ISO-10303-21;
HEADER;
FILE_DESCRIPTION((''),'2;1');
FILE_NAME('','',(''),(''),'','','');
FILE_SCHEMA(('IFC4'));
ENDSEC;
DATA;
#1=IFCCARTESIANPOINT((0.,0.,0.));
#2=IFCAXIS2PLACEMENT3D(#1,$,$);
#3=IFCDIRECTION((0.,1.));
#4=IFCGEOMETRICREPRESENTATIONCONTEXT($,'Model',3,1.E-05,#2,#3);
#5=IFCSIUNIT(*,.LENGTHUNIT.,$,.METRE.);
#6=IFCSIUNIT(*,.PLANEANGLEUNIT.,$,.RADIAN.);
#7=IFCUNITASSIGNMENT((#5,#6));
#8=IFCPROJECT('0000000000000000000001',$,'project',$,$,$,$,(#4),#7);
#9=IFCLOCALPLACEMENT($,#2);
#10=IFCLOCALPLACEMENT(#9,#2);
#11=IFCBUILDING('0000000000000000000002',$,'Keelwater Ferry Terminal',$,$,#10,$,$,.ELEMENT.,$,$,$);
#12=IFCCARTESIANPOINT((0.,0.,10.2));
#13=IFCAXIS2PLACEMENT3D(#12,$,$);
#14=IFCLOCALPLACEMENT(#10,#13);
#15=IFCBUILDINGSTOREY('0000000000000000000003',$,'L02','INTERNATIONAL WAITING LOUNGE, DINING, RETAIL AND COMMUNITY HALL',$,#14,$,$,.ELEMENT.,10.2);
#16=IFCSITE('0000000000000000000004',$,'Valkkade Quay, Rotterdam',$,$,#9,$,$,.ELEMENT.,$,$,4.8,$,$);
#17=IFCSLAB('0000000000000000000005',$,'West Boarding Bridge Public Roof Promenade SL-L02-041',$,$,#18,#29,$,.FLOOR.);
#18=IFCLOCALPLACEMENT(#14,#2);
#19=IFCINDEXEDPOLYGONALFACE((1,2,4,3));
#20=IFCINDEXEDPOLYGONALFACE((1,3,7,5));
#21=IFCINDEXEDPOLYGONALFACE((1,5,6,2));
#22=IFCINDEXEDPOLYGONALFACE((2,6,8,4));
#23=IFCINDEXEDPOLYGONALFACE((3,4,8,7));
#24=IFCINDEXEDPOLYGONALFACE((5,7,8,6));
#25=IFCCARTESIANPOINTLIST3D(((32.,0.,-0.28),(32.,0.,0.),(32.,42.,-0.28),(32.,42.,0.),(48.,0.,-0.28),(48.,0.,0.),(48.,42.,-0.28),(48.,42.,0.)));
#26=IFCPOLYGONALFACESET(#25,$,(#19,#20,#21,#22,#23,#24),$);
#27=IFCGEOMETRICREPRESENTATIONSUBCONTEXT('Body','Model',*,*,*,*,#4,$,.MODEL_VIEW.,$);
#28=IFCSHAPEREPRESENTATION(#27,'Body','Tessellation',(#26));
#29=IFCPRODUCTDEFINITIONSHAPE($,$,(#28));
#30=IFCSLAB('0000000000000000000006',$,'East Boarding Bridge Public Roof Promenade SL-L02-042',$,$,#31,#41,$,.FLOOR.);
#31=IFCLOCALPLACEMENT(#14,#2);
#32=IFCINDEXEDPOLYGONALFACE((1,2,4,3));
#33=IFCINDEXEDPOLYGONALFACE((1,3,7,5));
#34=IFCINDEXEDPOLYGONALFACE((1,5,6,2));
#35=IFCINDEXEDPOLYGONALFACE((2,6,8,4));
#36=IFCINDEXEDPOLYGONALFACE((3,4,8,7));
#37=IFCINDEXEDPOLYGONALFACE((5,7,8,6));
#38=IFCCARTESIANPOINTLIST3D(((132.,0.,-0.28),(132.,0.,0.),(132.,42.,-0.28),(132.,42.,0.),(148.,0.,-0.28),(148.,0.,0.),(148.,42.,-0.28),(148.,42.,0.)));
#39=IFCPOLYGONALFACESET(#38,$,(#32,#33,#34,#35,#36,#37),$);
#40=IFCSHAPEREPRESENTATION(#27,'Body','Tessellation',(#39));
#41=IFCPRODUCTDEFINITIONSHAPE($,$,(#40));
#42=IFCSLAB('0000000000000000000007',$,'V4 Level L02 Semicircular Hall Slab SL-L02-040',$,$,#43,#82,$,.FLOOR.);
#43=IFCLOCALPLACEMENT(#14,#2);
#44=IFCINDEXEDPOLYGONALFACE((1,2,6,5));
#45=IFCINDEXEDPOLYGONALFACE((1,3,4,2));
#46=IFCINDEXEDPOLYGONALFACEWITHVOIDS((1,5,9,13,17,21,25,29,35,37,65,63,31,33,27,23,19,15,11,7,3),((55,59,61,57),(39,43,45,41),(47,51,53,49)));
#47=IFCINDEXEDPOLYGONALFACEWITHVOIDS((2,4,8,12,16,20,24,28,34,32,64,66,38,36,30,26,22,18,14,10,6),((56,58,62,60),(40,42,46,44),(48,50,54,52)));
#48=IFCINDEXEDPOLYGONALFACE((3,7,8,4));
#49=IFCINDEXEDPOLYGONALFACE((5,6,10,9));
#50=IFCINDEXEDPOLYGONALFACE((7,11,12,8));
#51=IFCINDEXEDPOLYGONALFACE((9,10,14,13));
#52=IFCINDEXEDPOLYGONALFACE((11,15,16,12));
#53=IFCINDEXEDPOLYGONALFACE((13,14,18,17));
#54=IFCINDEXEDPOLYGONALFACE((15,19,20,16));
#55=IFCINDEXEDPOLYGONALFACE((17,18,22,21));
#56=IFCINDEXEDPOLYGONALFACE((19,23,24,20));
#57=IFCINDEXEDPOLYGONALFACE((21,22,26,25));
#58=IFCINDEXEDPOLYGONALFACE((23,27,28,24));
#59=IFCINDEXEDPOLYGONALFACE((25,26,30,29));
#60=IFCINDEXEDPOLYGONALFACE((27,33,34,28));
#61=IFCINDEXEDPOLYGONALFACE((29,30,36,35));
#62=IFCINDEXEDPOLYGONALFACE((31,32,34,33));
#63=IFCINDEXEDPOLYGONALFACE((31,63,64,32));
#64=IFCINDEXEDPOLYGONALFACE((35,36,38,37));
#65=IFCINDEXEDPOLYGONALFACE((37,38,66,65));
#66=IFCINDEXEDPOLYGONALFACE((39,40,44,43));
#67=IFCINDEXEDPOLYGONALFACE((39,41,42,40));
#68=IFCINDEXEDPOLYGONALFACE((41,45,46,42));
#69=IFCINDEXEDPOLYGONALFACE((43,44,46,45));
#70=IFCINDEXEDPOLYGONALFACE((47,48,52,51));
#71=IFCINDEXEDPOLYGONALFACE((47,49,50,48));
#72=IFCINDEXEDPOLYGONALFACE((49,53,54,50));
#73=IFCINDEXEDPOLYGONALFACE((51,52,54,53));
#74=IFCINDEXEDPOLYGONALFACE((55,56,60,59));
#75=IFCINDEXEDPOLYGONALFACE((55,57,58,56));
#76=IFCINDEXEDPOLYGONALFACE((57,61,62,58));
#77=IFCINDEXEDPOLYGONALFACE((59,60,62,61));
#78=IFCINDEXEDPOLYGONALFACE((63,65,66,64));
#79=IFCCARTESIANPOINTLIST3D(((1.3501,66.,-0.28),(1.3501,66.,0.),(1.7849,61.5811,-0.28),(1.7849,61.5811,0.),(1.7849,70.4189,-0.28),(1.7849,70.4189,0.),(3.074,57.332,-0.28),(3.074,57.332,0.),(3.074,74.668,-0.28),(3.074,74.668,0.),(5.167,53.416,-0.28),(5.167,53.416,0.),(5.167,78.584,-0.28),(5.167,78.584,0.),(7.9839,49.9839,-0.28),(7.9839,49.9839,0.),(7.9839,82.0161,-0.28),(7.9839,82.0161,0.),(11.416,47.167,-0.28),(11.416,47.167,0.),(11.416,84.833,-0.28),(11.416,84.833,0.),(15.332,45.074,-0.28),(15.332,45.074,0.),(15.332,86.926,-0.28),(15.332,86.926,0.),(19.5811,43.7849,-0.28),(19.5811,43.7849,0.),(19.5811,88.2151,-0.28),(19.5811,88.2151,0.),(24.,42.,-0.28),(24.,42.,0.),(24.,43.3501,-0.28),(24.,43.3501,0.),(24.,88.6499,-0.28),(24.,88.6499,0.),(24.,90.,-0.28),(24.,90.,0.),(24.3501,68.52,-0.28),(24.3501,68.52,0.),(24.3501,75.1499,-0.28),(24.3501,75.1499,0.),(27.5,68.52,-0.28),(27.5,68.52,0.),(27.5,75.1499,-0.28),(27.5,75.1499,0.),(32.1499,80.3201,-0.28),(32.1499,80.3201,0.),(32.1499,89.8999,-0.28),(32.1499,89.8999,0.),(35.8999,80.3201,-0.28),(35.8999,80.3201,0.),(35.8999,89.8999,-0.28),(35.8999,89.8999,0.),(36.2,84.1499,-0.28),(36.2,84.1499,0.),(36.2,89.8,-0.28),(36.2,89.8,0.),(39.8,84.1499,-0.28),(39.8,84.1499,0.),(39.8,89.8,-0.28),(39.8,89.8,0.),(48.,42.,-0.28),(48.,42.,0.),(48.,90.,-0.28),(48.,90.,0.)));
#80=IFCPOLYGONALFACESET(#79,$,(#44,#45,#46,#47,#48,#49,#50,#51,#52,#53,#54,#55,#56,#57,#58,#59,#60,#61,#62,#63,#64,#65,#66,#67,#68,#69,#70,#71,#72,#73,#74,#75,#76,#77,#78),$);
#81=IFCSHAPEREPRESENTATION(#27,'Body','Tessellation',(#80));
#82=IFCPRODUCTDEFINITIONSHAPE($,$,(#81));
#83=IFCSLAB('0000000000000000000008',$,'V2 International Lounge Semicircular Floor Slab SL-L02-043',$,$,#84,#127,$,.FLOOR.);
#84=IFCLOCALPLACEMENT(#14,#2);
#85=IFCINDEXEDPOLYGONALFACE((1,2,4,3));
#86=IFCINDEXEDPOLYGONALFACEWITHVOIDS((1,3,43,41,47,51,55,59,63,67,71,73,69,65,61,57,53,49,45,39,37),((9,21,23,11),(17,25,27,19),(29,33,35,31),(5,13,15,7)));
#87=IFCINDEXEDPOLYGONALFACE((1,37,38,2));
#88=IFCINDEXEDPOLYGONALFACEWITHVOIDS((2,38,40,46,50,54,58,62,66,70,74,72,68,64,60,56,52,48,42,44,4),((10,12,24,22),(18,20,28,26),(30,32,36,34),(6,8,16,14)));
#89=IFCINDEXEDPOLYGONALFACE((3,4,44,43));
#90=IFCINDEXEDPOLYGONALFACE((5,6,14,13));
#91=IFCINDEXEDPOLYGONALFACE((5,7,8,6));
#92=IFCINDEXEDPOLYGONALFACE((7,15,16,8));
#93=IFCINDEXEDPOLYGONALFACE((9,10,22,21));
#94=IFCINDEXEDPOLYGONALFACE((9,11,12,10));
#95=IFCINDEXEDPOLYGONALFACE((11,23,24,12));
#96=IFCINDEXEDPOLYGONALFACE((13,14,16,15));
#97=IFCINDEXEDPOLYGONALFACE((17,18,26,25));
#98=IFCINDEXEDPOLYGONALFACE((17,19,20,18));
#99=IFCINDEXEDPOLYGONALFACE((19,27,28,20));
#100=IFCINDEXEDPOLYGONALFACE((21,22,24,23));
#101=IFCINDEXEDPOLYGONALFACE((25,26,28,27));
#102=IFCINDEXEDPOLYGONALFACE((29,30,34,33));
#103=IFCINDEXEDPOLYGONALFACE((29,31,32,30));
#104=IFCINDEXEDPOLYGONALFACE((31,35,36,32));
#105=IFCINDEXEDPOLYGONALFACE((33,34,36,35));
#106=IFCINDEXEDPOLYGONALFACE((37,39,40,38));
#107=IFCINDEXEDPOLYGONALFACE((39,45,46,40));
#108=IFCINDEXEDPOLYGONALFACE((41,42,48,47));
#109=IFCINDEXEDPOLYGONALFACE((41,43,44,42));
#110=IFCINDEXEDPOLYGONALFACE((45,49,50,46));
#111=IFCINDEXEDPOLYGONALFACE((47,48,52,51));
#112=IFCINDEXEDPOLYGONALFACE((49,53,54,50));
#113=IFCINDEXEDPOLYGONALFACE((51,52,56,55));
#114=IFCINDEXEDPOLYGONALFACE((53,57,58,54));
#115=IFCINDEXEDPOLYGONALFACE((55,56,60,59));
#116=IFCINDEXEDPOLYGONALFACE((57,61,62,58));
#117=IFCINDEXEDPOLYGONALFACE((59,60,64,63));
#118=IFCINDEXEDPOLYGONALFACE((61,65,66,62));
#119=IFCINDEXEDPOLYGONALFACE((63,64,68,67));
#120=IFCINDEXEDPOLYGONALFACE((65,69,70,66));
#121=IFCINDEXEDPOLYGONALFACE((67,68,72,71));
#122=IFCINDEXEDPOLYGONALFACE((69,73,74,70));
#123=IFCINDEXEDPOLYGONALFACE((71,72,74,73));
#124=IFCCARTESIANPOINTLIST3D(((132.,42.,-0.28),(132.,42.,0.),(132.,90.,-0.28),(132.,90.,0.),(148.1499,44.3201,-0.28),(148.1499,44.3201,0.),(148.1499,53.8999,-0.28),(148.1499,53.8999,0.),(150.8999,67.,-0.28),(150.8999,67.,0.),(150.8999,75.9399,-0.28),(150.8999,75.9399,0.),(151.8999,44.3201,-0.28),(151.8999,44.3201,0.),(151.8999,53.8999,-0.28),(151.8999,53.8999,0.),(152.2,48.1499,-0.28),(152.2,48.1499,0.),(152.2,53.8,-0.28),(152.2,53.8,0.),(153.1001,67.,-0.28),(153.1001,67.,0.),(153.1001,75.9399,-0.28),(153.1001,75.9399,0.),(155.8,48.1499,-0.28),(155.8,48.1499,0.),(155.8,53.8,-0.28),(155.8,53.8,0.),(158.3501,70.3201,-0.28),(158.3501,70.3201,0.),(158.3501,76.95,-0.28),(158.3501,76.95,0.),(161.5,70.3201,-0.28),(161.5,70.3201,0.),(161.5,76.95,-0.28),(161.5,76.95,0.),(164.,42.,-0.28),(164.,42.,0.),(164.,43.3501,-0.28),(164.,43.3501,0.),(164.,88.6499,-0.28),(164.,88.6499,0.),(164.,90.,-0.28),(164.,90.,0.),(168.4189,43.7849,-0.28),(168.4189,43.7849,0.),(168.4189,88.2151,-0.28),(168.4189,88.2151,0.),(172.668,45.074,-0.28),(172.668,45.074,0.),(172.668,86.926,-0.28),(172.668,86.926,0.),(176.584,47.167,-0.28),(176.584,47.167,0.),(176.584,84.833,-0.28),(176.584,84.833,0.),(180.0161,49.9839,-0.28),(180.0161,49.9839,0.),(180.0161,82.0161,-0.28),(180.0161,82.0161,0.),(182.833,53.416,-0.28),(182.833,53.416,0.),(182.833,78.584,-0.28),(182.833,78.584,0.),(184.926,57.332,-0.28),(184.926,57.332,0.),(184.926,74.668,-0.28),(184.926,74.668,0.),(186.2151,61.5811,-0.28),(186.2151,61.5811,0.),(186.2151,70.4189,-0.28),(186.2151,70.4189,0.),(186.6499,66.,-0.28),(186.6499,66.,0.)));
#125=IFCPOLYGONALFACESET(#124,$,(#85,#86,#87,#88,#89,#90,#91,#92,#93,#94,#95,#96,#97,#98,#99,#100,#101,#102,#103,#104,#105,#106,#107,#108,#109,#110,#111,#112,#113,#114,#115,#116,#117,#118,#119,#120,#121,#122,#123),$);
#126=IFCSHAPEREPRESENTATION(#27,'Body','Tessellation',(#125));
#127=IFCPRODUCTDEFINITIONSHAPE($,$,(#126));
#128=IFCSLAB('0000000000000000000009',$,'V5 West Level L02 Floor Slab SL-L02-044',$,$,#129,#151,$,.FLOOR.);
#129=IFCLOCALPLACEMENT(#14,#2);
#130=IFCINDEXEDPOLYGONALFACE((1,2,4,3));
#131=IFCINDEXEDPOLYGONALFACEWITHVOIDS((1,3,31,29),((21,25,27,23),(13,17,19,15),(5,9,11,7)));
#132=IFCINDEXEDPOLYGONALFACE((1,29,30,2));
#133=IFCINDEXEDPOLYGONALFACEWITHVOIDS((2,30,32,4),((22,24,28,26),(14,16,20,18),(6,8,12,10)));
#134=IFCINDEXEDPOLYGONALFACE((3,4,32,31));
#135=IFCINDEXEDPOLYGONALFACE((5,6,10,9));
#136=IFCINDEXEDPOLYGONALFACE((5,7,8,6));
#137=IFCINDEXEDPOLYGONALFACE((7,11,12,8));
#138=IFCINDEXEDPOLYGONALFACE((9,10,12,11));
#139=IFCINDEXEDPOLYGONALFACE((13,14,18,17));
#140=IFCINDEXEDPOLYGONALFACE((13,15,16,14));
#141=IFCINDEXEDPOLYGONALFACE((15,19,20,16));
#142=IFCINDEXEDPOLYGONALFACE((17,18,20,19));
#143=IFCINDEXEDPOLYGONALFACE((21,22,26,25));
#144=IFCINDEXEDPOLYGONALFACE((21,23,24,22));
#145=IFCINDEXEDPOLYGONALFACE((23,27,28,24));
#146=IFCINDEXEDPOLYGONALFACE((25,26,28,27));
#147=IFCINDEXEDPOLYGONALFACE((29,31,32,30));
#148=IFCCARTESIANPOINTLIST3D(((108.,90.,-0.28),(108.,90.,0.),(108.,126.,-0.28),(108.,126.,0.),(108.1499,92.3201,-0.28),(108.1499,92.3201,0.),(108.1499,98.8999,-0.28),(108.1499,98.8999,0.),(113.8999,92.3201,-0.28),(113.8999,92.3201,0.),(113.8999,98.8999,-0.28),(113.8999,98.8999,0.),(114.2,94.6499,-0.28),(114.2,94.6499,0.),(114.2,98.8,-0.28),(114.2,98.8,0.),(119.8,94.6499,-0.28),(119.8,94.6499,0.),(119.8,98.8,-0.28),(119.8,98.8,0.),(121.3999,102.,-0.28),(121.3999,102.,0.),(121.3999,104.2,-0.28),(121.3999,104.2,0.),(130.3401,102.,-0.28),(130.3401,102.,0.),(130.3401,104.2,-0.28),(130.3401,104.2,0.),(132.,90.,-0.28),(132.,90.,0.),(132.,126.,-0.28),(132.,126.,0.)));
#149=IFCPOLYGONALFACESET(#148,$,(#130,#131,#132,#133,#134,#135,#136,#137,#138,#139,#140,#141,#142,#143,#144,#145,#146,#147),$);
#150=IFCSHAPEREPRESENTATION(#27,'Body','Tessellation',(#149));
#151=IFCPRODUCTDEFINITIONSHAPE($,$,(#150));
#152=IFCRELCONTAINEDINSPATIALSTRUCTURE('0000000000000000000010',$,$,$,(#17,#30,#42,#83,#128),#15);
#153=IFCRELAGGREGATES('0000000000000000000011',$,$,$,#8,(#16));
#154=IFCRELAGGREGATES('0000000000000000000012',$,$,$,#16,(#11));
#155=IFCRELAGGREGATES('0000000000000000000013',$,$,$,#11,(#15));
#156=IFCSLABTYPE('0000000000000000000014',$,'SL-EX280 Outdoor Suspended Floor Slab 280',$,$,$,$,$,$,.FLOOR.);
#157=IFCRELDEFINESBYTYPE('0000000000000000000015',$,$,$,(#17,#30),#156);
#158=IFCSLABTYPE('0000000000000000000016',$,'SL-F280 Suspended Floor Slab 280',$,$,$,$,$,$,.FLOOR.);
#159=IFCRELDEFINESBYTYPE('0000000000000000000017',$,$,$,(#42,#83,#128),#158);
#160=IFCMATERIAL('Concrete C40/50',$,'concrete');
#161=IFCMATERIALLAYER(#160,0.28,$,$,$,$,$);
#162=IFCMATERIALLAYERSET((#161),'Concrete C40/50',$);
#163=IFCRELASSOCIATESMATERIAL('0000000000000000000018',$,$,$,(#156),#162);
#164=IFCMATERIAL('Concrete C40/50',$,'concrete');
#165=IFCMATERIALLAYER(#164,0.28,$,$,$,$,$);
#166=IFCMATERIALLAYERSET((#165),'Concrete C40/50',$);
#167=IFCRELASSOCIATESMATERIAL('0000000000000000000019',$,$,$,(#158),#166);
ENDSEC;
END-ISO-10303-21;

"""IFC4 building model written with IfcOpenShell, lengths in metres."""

from ifc_helpers import new_model, si_unit, direction, frame, origin, place, context, subcontext, project, spatial, polyline, outline, extrude, material, layer, layer_set, type_object, element, save


model = new_model("IFC4")

# Units and contexts
model_context = context("Model", 3, precision=1e-05, world=origin(), true_north=direction((0.0, 1.0)))
body_context = subcontext(model_context, "Body", "Model", "MODEL_VIEW")
ifc_project = project(units=[si_unit("LENGTHUNIT", "METRE"), si_unit("PLANEANGLEUNIT", "RADIAN")], contexts=[model_context])

# Site, building, storey
site_placement = place(None, origin())
site = spatial("IfcSite", under=ifc_project, at=site_placement, Name="Valkkade Quay, Rotterdam", CompositionType="ELEMENT", RefElevation=4.8)
building_placement = place(site_placement, origin())
building = spatial("IfcBuilding", under=site, at=building_placement, Name="Keelwater Ferry Terminal", CompositionType="ELEMENT")
storey_placement = place(building_placement, frame((0.0, 0.0, 10.2)))
storey = spatial("IfcBuildingStorey", under=building, at=storey_placement, Name="L02", Description="INTERNATIONAL WAITING LOUNGE, DINING, RETAIL AND COMMUNITY HALL", CompositionType="ELEMENT", Elevation=10.2)

# Slabs
ifc_material_1 = material(Name="Concrete C40/50", Category="concrete")
ifc_layer_1 = layer(ifc_material_1, 0.28)
ifc_layer_set_1 = layer_set([ifc_layer_1], Name="Concrete C40/50")
slab_type_1 = type_object("IfcSlabType", Name="SL-EX280 Outdoor Suspended Floor Slab 280", PredefinedType="FLOOR", material=ifc_layer_set_1)
slab_1_placement = place(storey_placement, frame((0.0, 0.0, -0.28)))
element("IfcSlab", 1, at=slab_1_placement, inside=storey, type_object=slab_type_1, Name="West Boarding Bridge Public Roof Promenade SL-L02-041", PredefinedType="FLOOR", context=body_context, shape_type="SweptSolid", body=[
    extrude(outline(polyline([(32.0, 0.0), (48.0, 0.0), (48.0, 42.0), (32.0, 42.0), (32.0, 0.0)])), origin(), (0.0, 0.0, 1.0), 0.28),
])
slab_2_placement = place(storey_placement, frame((0.0, 0.0, -0.28)))
element("IfcSlab", 2, at=slab_2_placement, inside=storey, type_object=slab_type_1, Name="East Boarding Bridge Public Roof Promenade SL-L02-042", PredefinedType="FLOOR", context=body_context, shape_type="SweptSolid", body=[
    extrude(outline(polyline([(132.0, 0.0), (148.0, 0.0), (148.0, 42.0), (132.0, 42.0), (132.0, 0.0)])), origin(), (0.0, 0.0, 1.0), 0.28),
])
ifc_material_2 = material(Name="Concrete C40/50", Category="concrete")
ifc_layer_2 = layer(ifc_material_2, 0.28)
ifc_layer_set_2 = layer_set([ifc_layer_2], Name="Concrete C40/50")
slab_type_2 = type_object("IfcSlabType", Name="SL-F280 Suspended Floor Slab 280", PredefinedType="FLOOR", material=ifc_layer_set_2)
slab_3_placement = place(storey_placement, frame((0.0, 0.0, -0.28)))
element("IfcSlab", 3, at=slab_3_placement, inside=storey, type_object=slab_type_2, Name="V4 Level L02 Semicircular Hall Slab SL-L02-040", PredefinedType="FLOOR", context=body_context, shape_type="SweptSolid", body=[
    extrude(outline(polyline([(24.0, 90.0), (24.0, 88.6499), (19.5811, 88.2151), (15.332, 86.926), (11.416, 84.833), (7.9839, 82.0161), (5.167, 78.584), (3.074, 74.668), (1.7849, 70.4189), (1.3501, 66.0), (1.7849, 61.5811), (3.074, 57.332), (5.167, 53.416), (7.9839, 49.9839), (11.416, 47.167), (15.332, 45.074), (19.5811, 43.7849), (24.0, 43.3501), (24.0, 42.0), (48.0, 42.0), (48.0, 90.0), (24.0, 90.0)]), holes=[polyline([(32.1499, 80.3201), (35.8999, 80.3201), (35.8999, 89.8999), (32.1499, 89.8999), (32.1499, 80.3201)]), polyline([(36.2, 84.1499), (39.8, 84.1499), (39.8, 89.8), (36.2, 89.8), (36.2, 84.1499)]), polyline([(24.3501, 68.52), (27.5, 68.52), (27.5, 75.1499), (24.3501, 75.1499), (24.3501, 68.52)])]), origin(), (0.0, 0.0, 1.0), 0.28),
])
slab_4_placement = place(storey_placement, frame((0.0, 0.0, -0.28)))
element("IfcSlab", 4, at=slab_4_placement, inside=storey, type_object=slab_type_2, Name="V2 International Lounge Semicircular Floor Slab SL-L02-043", PredefinedType="FLOOR", context=body_context, shape_type="SweptSolid", body=[
    extrude(outline(polyline([(132.0, 42.0), (164.0, 42.0), (164.0, 43.3501), (168.4189, 43.7849), (172.668, 45.074), (176.584, 47.167), (180.0161, 49.9839), (182.833, 53.416), (184.926, 57.332), (186.2151, 61.5811), (186.6499, 66.0), (186.2151, 70.4189), (184.926, 74.668), (182.833, 78.584), (180.0161, 82.0161), (176.584, 84.833), (172.668, 86.926), (168.4189, 88.2151), (164.0, 88.6499), (164.0, 90.0), (132.0, 90.0), (132.0, 42.0)]), holes=[polyline([(148.1499, 44.3201), (151.8999, 44.3201), (151.8999, 53.8999), (148.1499, 53.8999), (148.1499, 44.3201)]), polyline([(152.2, 48.1499), (155.8, 48.1499), (155.8, 53.8), (152.2, 53.8), (152.2, 48.1499)]), polyline([(158.3501, 70.3201), (161.5, 70.3201), (161.5, 76.95), (158.3501, 76.95), (158.3501, 70.3201)]), polyline([(150.8999, 67.0), (153.1001, 67.0), (153.1001, 75.9399), (150.8999, 75.9399), (150.8999, 67.0)])]), origin(), (0.0, 0.0, 1.0), 0.28),
])
slab_5_placement = place(storey_placement, frame((0.0, 0.0, -0.28)))
element("IfcSlab", 5, at=slab_5_placement, inside=storey, type_object=slab_type_2, Name="V5 West Level L02 Floor Slab SL-L02-044", PredefinedType="FLOOR", context=body_context, shape_type="SweptSolid", body=[
    extrude(outline(polyline([(108.0, 90.0), (132.0, 90.0), (132.0, 126.0), (108.0, 126.0), (108.0, 90.0)]), holes=[polyline([(108.1499, 92.3201), (113.8999, 92.3201), (113.8999, 98.8999), (108.1499, 98.8999), (108.1499, 92.3201)]), polyline([(114.2, 94.6499), (119.8, 94.6499), (119.8, 98.8), (114.2, 98.8), (114.2, 94.6499)]), polyline([(121.3999, 102.0), (130.3401, 102.0), (130.3401, 104.2), (121.3999, 104.2), (121.3999, 102.0)])]), origin(), (0.0, 0.0, 1.0), 0.28),
])

save(model, "model.ifc")
